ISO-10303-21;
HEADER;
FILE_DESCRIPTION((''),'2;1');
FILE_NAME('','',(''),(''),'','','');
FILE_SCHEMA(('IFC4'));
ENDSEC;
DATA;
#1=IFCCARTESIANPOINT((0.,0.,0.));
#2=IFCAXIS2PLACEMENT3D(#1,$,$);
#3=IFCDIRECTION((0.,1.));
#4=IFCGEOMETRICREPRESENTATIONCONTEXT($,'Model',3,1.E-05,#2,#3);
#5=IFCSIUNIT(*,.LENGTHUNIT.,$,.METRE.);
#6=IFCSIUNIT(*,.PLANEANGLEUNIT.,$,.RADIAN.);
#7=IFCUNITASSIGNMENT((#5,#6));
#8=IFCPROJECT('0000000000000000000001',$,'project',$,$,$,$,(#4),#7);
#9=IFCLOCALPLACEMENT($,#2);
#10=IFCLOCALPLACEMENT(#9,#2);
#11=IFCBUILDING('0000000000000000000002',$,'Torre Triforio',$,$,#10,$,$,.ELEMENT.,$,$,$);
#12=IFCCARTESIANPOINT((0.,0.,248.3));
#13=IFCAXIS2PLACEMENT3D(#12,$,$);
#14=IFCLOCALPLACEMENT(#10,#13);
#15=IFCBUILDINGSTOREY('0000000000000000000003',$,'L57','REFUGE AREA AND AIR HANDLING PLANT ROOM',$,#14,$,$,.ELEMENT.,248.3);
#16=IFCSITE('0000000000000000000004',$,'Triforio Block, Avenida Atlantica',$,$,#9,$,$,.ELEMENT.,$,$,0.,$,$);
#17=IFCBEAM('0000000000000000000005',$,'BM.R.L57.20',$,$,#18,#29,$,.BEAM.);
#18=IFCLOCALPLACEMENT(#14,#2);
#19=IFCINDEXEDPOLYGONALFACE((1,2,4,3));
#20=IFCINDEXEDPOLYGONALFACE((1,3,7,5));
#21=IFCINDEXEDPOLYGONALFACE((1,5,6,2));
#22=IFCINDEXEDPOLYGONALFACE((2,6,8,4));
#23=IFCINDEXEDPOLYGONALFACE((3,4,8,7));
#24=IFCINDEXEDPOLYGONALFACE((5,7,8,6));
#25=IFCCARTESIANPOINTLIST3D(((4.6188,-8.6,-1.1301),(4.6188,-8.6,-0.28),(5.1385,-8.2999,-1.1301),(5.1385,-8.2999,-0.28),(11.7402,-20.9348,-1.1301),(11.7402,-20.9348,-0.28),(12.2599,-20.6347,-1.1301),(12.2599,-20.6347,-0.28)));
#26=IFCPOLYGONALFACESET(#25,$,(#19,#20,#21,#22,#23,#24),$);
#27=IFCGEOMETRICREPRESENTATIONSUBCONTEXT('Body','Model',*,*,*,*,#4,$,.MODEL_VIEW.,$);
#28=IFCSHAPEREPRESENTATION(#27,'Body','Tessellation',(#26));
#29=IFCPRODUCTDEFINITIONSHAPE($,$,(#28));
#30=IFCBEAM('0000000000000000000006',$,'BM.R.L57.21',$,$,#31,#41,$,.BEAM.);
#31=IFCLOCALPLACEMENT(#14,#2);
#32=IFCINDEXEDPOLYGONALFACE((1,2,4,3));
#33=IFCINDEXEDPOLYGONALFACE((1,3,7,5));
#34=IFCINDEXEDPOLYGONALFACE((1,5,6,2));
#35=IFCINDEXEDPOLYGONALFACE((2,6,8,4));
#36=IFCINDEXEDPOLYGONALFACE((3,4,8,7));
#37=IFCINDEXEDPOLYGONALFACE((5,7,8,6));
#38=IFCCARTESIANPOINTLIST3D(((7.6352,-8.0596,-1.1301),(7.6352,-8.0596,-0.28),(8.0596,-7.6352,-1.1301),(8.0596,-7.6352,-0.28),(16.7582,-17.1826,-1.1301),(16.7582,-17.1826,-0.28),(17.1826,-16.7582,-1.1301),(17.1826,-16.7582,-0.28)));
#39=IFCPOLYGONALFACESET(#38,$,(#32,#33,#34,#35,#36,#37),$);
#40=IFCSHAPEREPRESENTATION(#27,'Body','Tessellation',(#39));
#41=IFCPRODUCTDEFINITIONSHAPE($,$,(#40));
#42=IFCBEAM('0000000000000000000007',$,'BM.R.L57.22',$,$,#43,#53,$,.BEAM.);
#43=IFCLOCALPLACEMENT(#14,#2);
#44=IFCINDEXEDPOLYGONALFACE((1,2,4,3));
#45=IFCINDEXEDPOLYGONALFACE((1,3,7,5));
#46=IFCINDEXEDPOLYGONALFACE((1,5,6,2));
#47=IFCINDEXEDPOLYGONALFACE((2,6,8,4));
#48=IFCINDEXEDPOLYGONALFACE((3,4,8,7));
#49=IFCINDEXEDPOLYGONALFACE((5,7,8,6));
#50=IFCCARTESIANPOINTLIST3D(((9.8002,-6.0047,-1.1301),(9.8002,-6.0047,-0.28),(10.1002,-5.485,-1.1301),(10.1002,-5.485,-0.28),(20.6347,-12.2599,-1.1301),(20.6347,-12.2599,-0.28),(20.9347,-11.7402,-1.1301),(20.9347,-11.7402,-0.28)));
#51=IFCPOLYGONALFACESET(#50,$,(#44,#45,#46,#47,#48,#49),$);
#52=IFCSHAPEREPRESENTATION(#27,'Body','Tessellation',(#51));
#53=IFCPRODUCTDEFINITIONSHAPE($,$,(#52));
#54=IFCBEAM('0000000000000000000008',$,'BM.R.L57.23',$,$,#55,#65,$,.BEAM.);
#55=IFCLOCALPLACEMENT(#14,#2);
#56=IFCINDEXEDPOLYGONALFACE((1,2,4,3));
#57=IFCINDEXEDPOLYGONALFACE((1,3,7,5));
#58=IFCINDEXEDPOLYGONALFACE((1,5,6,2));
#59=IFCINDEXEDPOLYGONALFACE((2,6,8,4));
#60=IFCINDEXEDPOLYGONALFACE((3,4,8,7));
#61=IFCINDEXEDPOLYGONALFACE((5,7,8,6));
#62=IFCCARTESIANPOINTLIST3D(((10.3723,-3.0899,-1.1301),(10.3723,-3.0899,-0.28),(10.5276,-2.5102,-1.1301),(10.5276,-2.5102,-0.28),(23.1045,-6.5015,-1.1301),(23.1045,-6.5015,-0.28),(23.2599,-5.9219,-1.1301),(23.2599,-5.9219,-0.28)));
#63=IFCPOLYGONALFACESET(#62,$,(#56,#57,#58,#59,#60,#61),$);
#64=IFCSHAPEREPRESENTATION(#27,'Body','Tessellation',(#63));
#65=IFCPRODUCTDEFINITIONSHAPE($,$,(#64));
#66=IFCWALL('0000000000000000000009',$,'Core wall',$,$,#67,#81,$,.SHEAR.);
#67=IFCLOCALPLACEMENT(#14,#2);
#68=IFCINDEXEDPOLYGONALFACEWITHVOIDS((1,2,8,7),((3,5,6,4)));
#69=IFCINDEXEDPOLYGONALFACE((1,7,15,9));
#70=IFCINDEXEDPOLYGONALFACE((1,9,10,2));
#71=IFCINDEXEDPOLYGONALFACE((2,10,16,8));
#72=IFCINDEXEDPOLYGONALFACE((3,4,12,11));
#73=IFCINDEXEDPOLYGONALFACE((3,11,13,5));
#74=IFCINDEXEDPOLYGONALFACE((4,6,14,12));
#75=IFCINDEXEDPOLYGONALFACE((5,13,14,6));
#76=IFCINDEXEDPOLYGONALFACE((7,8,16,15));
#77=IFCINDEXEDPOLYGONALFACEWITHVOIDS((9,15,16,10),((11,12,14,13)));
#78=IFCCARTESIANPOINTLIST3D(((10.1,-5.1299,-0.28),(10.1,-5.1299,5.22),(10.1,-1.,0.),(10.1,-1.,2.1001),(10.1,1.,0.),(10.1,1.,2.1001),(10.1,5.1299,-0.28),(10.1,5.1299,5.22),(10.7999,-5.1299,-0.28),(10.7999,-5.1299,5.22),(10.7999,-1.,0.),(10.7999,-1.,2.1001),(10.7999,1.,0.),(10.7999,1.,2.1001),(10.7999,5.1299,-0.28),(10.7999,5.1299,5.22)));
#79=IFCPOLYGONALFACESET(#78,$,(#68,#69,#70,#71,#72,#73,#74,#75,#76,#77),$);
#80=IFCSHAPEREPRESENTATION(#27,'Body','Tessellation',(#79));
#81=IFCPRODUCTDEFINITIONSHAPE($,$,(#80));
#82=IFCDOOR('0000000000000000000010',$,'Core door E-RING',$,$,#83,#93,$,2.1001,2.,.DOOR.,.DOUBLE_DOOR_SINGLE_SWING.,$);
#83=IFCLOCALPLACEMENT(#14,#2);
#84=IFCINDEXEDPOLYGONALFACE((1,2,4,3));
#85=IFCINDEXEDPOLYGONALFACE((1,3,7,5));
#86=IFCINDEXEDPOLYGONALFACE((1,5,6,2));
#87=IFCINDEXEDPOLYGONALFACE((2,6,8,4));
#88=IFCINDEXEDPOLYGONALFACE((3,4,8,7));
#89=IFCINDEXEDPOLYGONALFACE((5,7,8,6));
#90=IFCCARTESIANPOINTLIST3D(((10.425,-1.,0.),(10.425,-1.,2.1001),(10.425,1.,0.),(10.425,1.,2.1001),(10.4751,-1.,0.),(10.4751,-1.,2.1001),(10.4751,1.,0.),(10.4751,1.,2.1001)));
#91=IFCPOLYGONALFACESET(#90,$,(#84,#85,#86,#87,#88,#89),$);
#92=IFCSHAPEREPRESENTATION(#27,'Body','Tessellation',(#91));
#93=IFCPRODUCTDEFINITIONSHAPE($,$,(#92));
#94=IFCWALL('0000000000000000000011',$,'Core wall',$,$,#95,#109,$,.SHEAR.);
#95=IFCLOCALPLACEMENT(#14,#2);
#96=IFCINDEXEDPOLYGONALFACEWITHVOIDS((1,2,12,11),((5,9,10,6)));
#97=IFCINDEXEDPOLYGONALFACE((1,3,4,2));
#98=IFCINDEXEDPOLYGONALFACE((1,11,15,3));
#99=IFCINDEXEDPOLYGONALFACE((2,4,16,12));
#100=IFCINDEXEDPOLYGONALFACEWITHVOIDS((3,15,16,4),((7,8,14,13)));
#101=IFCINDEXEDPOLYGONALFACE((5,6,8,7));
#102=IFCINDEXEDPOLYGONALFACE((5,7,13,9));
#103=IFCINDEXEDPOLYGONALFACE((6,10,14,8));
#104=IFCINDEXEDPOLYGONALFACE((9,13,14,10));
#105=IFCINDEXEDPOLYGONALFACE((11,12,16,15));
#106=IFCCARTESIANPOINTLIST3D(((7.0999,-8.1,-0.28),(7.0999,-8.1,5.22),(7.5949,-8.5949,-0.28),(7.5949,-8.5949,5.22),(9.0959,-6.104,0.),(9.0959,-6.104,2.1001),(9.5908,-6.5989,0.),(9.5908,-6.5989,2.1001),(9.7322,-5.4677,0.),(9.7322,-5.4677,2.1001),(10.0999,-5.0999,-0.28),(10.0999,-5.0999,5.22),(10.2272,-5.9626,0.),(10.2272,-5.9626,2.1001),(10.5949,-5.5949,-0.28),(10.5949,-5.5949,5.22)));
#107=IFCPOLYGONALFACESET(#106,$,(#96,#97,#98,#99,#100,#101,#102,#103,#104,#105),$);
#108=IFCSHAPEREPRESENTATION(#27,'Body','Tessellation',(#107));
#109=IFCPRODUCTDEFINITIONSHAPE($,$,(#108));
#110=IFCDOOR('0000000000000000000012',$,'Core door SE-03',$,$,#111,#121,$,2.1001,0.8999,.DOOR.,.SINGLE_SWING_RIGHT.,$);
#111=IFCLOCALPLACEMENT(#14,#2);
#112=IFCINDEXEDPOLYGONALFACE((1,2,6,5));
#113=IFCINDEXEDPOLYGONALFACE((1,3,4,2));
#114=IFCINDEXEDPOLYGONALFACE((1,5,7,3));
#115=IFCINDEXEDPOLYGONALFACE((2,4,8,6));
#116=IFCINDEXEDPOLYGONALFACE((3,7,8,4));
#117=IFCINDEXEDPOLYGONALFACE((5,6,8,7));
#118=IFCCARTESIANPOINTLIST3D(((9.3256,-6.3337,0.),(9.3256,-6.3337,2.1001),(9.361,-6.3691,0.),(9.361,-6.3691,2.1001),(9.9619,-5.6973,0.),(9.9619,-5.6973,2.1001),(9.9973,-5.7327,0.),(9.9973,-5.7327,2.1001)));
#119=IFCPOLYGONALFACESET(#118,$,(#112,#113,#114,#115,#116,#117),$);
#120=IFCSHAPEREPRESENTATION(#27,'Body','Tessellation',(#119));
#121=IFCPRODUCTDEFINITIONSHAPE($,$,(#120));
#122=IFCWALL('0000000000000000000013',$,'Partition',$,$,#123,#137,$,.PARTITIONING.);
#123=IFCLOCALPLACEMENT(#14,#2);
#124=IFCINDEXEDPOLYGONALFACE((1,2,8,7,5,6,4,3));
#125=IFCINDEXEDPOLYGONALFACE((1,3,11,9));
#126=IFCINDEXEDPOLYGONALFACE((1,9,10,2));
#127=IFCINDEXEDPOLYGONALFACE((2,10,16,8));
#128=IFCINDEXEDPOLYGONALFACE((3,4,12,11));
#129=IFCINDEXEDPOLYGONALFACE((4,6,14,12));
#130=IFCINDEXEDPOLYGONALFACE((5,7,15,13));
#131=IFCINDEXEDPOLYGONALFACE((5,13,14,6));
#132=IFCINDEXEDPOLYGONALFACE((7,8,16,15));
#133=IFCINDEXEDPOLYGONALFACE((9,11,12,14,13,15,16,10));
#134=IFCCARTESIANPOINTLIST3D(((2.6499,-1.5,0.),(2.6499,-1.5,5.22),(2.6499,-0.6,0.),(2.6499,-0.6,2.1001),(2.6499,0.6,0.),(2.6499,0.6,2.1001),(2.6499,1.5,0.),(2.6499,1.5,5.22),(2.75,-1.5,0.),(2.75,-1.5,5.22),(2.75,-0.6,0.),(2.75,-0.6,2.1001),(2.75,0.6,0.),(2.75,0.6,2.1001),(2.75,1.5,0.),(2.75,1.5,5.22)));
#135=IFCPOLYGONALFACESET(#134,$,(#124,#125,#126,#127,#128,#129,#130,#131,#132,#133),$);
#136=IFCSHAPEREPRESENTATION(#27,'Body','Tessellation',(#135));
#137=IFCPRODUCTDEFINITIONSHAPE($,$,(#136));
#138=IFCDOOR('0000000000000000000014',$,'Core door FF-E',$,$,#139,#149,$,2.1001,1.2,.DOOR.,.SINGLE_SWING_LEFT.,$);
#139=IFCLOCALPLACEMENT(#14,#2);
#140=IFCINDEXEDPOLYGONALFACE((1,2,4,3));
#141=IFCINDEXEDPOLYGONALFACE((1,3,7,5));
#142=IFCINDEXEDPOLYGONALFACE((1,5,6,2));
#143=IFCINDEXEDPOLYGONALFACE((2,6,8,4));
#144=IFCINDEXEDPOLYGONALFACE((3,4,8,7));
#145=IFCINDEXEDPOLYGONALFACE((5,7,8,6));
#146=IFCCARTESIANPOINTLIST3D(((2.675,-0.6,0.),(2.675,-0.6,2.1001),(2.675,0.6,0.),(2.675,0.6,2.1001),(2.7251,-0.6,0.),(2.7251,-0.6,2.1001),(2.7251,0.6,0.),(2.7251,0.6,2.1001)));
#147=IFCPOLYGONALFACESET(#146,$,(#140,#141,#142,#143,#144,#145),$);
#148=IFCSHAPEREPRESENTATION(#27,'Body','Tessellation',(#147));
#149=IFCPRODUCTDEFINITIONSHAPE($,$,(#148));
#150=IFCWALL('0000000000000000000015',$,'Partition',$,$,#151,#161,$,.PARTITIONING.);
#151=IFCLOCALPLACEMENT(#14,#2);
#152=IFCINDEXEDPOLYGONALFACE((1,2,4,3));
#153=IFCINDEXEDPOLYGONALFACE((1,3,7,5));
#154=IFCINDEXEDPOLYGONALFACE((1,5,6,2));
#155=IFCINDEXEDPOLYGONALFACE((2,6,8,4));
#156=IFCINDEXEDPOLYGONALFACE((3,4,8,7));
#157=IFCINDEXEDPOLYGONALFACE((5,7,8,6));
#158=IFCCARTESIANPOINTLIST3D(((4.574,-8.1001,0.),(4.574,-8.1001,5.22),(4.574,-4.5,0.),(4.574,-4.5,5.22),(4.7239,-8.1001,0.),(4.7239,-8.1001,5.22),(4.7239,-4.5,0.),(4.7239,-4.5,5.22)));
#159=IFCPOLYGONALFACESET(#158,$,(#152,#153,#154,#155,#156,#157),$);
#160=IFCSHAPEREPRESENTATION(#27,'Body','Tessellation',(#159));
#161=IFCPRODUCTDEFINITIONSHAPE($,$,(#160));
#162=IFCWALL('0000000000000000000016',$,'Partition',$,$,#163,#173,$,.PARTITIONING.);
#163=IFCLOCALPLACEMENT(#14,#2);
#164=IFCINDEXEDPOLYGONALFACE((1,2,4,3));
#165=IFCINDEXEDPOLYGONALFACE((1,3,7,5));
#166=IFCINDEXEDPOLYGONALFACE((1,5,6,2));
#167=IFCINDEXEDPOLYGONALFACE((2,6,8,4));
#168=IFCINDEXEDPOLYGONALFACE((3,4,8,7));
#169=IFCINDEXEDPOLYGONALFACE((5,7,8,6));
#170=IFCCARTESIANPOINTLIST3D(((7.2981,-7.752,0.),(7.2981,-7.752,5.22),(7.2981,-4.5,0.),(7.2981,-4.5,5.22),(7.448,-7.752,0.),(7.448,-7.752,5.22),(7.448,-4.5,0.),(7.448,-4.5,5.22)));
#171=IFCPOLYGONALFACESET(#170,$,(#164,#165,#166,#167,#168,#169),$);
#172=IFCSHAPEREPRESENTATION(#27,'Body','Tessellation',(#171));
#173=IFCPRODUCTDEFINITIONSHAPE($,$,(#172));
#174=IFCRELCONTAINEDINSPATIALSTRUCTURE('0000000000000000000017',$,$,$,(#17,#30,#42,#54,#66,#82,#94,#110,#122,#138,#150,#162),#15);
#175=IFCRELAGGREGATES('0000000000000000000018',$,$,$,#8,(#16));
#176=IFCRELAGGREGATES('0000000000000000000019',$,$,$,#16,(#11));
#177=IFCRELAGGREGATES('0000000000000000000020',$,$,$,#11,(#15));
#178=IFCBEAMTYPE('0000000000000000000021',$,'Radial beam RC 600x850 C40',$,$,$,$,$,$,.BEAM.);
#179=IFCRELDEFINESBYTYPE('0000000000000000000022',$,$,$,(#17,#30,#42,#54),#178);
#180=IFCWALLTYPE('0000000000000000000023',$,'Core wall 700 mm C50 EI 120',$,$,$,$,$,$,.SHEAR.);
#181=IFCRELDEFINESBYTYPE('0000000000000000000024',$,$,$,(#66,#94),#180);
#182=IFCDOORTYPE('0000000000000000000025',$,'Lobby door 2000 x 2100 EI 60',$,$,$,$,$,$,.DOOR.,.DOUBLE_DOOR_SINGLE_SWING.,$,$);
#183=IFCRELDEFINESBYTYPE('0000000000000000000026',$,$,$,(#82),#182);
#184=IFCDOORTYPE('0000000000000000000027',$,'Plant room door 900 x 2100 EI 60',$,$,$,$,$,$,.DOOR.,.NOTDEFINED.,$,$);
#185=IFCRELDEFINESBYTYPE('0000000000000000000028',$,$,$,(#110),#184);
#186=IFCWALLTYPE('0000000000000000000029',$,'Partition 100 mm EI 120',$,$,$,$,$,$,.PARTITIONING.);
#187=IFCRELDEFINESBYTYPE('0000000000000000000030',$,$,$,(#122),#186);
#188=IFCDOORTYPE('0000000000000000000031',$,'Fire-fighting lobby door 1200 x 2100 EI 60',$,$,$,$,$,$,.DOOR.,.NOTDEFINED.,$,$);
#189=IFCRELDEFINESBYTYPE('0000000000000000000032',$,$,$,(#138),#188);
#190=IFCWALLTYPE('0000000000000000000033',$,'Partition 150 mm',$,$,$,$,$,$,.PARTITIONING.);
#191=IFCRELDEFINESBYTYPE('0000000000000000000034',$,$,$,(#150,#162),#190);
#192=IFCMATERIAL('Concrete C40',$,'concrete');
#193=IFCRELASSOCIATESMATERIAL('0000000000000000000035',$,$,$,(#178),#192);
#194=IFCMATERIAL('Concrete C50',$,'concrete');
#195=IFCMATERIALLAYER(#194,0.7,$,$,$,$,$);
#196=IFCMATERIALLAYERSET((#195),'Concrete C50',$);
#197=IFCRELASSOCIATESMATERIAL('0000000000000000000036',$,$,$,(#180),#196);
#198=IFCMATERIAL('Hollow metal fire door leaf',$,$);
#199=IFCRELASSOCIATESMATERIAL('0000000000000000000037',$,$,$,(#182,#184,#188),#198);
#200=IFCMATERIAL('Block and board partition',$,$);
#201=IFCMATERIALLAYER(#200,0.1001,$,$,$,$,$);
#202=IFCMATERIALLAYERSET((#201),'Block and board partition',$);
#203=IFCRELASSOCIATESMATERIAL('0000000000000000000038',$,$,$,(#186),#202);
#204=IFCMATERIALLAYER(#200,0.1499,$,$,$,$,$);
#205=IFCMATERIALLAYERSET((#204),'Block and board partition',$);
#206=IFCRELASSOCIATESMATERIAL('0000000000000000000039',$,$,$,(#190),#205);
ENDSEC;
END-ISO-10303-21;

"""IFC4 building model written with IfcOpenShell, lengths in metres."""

from ifc_helpers import new_model, si_unit, direction, frame, frame_2d, origin, origin_2d, place, context, subcontext, project, spatial, rectangle, extrude, material, layer, layer_set, material_profile, profile_set, type_object, element, fill, save


model = new_model("IFC4")

# Units and contexts
model_context = context("Model", 3, precision=1e-05, world=origin(), true_north=direction((0.0, 1.0)))
body_context = subcontext(model_context, "Body", "Model", "MODEL_VIEW")
ifc_project = project(units=[si_unit("LENGTHUNIT", "METRE"), si_unit("PLANEANGLEUNIT", "RADIAN")], contexts=[model_context])

# Site, building, storey
site_placement = place(None, origin())
site = spatial("IfcSite", under=ifc_project, at=site_placement, Name="Triforio Block, Avenida Atlantica", CompositionType="ELEMENT", RefElevation=0.0)
building_placement = place(site_placement, origin())
building = spatial("IfcBuilding", under=site, at=building_placement, Name="Torre Triforio", CompositionType="ELEMENT")
storey_placement = place(building_placement, frame((0.0, 0.0, 248.3)))
storey = spatial("IfcBuildingStorey", under=building, at=storey_placement, Name="L57", Description="REFUGE AREA AND AIR HANDLING PLANT ROOM", CompositionType="ELEMENT", Elevation=248.3)

# Beams
ifc_material_1 = material(Name="Concrete C40", Category="concrete")
ifc_material_profile = material_profile(ifc_material_1, rectangle(XDim=0.6001, YDim=0.8501, at=origin_2d()), Name="RC 600x850")
ifc_profile_set = profile_set([ifc_material_profile], Name="Concrete C40")
beam_type = type_object("IfcBeamType", Name="Radial beam RC 600x850 C40", PredefinedType="BEAM", material=ifc_profile_set)
beam_1_placement = place(storey_placement, frame((4.8787, -8.45, -0.7051), z_axis=(0.499994, -0.866029, 0.0), x_axis=(0.866029, 0.499994, 0.0)))
element("IfcBeam", 1, at=beam_1_placement, inside=storey, type_object=beam_type, Name="BM.R.L57.20", PredefinedType="BEAM", context=body_context, shape_type="SweptSolid", body=[
    extrude(rectangle(XDim=0.6001, YDim=0.8501, at=origin_2d()), origin(), (0.0, 0.0, 1.0), 14.2429),
])
beam_2_placement = place(storey_placement, frame((7.8474, -7.8474, -0.7051), z_axis=(0.707107, -0.707107, 0.0), x_axis=(0.707107, 0.707107, 0.0)))
element("IfcBeam", 2, at=beam_2_placement, inside=storey, type_object=beam_type, Name="BM.R.L57.21", PredefinedType="BEAM", context=body_context, shape_type="SweptSolid", body=[
    extrude(rectangle(XDim=0.6001, YDim=0.8501, at=origin_2d()), origin(), (0.0, 0.0, 1.0), 12.9019),
])
beam_3_placement = place(storey_placement, frame((9.9502, -5.7449, -0.7051), z_axis=(0.866031, -0.49999, 0.0), x_axis=(0.49999, 0.866031, 0.0)))
element("IfcBeam", 3, at=beam_3_placement, inside=storey, type_object=beam_type, Name="BM.R.L57.22", PredefinedType="BEAM", context=body_context, shape_type="SweptSolid", body=[
    extrude(rectangle(XDim=0.6001, YDim=0.8501, at=origin_2d()), origin(), (0.0, 0.0, 1.0), 12.5105),
])
beam_4_placement = place(storey_placement, frame((10.45, -2.8, -0.7051), z_axis=(0.965925, -0.258822, 0.0), x_axis=(0.258822, 0.965925, 0.0)))
element("IfcBeam", 4, at=beam_4_placement, inside=storey, type_object=beam_type, Name="BM.R.L57.23", PredefinedType="BEAM", context=body_context, shape_type="SweptSolid", body=[
    extrude(rectangle(XDim=0.6001, YDim=0.8501, at=origin_2d()), origin(), (0.0, 0.0, 1.0), 13.1814),
])

# Walls, openings, doors
ifc_material_2 = material(Name="Concrete C50", Category="concrete")
ifc_layer_1 = layer(ifc_material_2, 0.7)
ifc_layer_set_1 = layer_set([ifc_layer_1], Name="Concrete C50")
wall_type_1 = type_object("IfcWallType", Name="Core wall 700 mm C50 EI 120", PredefinedType="SHEAR", material=ifc_layer_set_1)
wall_1_placement = place(storey_placement, frame((10.45, -5.1299, -0.28), z_axis=(0.0, 0.0, 1.0), x_axis=(0.0, 1.0, 0.0)))
wall_1 = element("IfcWall", 5, at=wall_1_placement, inside=storey, type_object=wall_type_1, Name="Core wall", PredefinedType="SHEAR", context=body_context, shape_type="SweptSolid", body=[
    extrude(rectangle(XDim=10.2598, YDim=0.7, at=frame_2d((5.1299, 0.0))), origin(), (0.0, 0.0, 1.0), 5.5),
])
opening_1_placement = place(wall_1_placement, frame((4.1299, 0.0, 0.28)))
opening_1 = element("IfcOpeningElement", 6, at=opening_1_placement, cuts=wall_1, PredefinedType="OPENING", context=body_context, shape_type="SweptSolid", body=[
    extrude(rectangle(XDim=2.0, YDim=2.1001, at=frame_2d((1.0, 1.05))), frame((0.0, 0.3599, 0.0), z_axis=(0.0, -1.0, 0.0), x_axis=(1.0, 0.0, 0.0)), (0.0, 0.0, 1.0), 0.72),
])
ifc_material_3 = material(Name="Hollow metal fire door leaf")
door_type_1 = type_object("IfcDoorType", Name="Lobby door 2000 x 2100 EI 60", OperationType="DOUBLE_DOOR_SINGLE_SWING", PredefinedType="DOOR", material=ifc_material_3)
door_1_placement = place(opening_1_placement, origin())
door_1 = element("IfcDoor", 7, at=door_1_placement, inside=storey, type_object=door_type_1, Name="Core door E-RING", OperationType="DOUBLE_DOOR_SINGLE_SWING", OverallHeight=2.1001, OverallWidth=2.0, PredefinedType="DOOR", context=body_context, shape_type="SweptSolid", body=[
    extrude(rectangle(XDim=2.0, YDim=2.1001, at=frame_2d((1.0, 1.05))), frame((0.0, 0.0249, 0.0), z_axis=(0.0, -1.0, 0.0), x_axis=(1.0, 0.0, 0.0)), (0.0, 0.0, 1.0), 0.05),
])
fill(opening_1, door_1)
wall_2_placement = place(storey_placement, frame((10.3474, -5.3474, -0.28), z_axis=(0.0, 0.0, 1.0), x_axis=(-0.707107, -0.707107, 0.0)))
wall_2 = element("IfcWall", 8, at=wall_2_placement, inside=storey, type_object=wall_type_1, Name="Core wall", PredefinedType="SHEAR", context=body_context, shape_type="SweptSolid", body=[
    extrude(rectangle(XDim=4.2427, YDim=0.7, at=frame_2d((2.1213, 0.0))), origin(), (0.0, 0.0, 1.0), 5.5),
])
opening_2_placement = place(wall_2_placement, frame((0.52, 0.0, 0.28)))
opening_2 = element("IfcOpeningElement", 9, at=opening_2_placement, cuts=wall_2, PredefinedType="OPENING", context=body_context, shape_type="SweptSolid", body=[
    extrude(rectangle(XDim=0.8999, YDim=2.1001, at=frame_2d((0.45, 1.05))), frame((0.0, 0.3599, 0.0), z_axis=(0.0, -1.0, 0.0), x_axis=(1.0, 0.0, 0.0)), (0.0, 0.0, 1.0), 0.72),
])
door_type_2 = type_object("IfcDoorType", Name="Plant room door 900 x 2100 EI 60", OperationType="NOTDEFINED", PredefinedType="DOOR", material=ifc_material_3)
door_2_placement = place(opening_2_placement, origin())
door_2 = element("IfcDoor", 10, at=door_2_placement, inside=storey, type_object=door_type_2, Name="Core door SE-03", OperationType="SINGLE_SWING_RIGHT", OverallHeight=2.1001, OverallWidth=0.8999, PredefinedType="DOOR", context=body_context, shape_type="SweptSolid", body=[
    extrude(rectangle(XDim=0.8999, YDim=2.1001, at=frame_2d((0.45, 1.05))), frame((0.0, 0.0249, 0.0), z_axis=(0.0, -1.0, 0.0), x_axis=(1.0, 0.0, 0.0)), (0.0, 0.0, 1.0), 0.05),
])
fill(opening_2, door_2)
ifc_material_4 = material(Name="Block and board partition")
ifc_layer_2 = layer(ifc_material_4, 0.1001)
ifc_layer_set_2 = layer_set([ifc_layer_2], Name="Block and board partition")
wall_type_2 = type_object("IfcWallType", Name="Partition 100 mm EI 120", PredefinedType="PARTITIONING", material=ifc_layer_set_2)
wall_3_placement = place(storey_placement, frame((2.7, -1.5, 0.0), z_axis=(0.0, 0.0, 1.0), x_axis=(0.0, 1.0, 0.0)))
wall_3 = element("IfcWall", 11, at=wall_3_placement, inside=storey, type_object=wall_type_2, Name="Partition", PredefinedType="PARTITIONING", context=body_context, shape_type="SweptSolid", body=[
    extrude(rectangle(XDim=3.0, YDim=0.1001, at=frame_2d((1.5, 0.0))), origin(), (0.0, 0.0, 1.0), 5.22),
])
opening_3_placement = place(wall_3_placement, frame((0.8999, 0.0, 0.0)))
opening_3 = element("IfcOpeningElement", 12, at=opening_3_placement, cuts=wall_3, PredefinedType="OPENING", context=body_context, shape_type="SweptSolid", body=[
    extrude(rectangle(XDim=1.2, YDim=2.1001, at=frame_2d((0.6001, 1.05))), frame((0.0, 0.0601, 0.0), z_axis=(0.0, -1.0, 0.0), x_axis=(1.0, 0.0, 0.0)), (0.0, 0.0, 1.0), 0.1201),
])
door_type_3 = type_object("IfcDoorType", Name="Fire-fighting lobby door 1200 x 2100 EI 60", OperationType="NOTDEFINED", PredefinedType="DOOR", material=ifc_material_3)
door_3_placement = place(opening_3_placement, origin())
door_3 = element("IfcDoor", 13, at=door_3_placement, inside=storey, type_object=door_type_3, Name="Core door FF-E", OperationType="SINGLE_SWING_LEFT", OverallHeight=2.1001, OverallWidth=1.2, PredefinedType="DOOR", context=body_context, shape_type="SweptSolid", body=[
    extrude(rectangle(XDim=1.2, YDim=2.1001, at=frame_2d((0.6001, 1.05))), frame((0.0, 0.0249, 0.0), z_axis=(0.0, -1.0, 0.0), x_axis=(1.0, 0.0, 0.0)), (0.0, 0.0, 1.0), 0.05),
])
fill(opening_3, door_3)

# Walls
ifc_layer_3 = layer(ifc_material_4, 0.1499)
ifc_layer_set_3 = layer_set([ifc_layer_3], Name="Block and board partition")
wall_type_3 = type_object("IfcWallType", Name="Partition 150 mm", PredefinedType="PARTITIONING", material=ifc_layer_set_3)
wall_4_placement = place(storey_placement, frame((4.6489, -8.1001, 0.0), z_axis=(0.0, 0.0, 1.0), x_axis=(0.0, 1.0, 0.0)))
element("IfcWall", 14, at=wall_4_placement, inside=storey, type_object=wall_type_3, Name="Partition", PredefinedType="PARTITIONING", context=body_context, shape_type="SweptSolid", body=[
    extrude(rectangle(XDim=3.6001, YDim=0.1499, at=frame_2d((1.8, 0.0))), origin(), (0.0, 0.0, 1.0), 5.22),
])
wall_5_placement = place(storey_placement, frame((7.373, -7.752, 0.0), z_axis=(0.0, 0.0, 1.0), x_axis=(0.0, 1.0, 0.0)))
element("IfcWall", 15, at=wall_5_placement, inside=storey, type_object=wall_type_3, Name="Partition", PredefinedType="PARTITIONING", context=body_context, shape_type="SweptSolid", body=[
    extrude(rectangle(XDim=3.252, YDim=0.1499, at=frame_2d((1.626, 0.0))), origin(), (0.0, 0.0, 1.0), 5.22),
])

save(model, "model.ifc")
